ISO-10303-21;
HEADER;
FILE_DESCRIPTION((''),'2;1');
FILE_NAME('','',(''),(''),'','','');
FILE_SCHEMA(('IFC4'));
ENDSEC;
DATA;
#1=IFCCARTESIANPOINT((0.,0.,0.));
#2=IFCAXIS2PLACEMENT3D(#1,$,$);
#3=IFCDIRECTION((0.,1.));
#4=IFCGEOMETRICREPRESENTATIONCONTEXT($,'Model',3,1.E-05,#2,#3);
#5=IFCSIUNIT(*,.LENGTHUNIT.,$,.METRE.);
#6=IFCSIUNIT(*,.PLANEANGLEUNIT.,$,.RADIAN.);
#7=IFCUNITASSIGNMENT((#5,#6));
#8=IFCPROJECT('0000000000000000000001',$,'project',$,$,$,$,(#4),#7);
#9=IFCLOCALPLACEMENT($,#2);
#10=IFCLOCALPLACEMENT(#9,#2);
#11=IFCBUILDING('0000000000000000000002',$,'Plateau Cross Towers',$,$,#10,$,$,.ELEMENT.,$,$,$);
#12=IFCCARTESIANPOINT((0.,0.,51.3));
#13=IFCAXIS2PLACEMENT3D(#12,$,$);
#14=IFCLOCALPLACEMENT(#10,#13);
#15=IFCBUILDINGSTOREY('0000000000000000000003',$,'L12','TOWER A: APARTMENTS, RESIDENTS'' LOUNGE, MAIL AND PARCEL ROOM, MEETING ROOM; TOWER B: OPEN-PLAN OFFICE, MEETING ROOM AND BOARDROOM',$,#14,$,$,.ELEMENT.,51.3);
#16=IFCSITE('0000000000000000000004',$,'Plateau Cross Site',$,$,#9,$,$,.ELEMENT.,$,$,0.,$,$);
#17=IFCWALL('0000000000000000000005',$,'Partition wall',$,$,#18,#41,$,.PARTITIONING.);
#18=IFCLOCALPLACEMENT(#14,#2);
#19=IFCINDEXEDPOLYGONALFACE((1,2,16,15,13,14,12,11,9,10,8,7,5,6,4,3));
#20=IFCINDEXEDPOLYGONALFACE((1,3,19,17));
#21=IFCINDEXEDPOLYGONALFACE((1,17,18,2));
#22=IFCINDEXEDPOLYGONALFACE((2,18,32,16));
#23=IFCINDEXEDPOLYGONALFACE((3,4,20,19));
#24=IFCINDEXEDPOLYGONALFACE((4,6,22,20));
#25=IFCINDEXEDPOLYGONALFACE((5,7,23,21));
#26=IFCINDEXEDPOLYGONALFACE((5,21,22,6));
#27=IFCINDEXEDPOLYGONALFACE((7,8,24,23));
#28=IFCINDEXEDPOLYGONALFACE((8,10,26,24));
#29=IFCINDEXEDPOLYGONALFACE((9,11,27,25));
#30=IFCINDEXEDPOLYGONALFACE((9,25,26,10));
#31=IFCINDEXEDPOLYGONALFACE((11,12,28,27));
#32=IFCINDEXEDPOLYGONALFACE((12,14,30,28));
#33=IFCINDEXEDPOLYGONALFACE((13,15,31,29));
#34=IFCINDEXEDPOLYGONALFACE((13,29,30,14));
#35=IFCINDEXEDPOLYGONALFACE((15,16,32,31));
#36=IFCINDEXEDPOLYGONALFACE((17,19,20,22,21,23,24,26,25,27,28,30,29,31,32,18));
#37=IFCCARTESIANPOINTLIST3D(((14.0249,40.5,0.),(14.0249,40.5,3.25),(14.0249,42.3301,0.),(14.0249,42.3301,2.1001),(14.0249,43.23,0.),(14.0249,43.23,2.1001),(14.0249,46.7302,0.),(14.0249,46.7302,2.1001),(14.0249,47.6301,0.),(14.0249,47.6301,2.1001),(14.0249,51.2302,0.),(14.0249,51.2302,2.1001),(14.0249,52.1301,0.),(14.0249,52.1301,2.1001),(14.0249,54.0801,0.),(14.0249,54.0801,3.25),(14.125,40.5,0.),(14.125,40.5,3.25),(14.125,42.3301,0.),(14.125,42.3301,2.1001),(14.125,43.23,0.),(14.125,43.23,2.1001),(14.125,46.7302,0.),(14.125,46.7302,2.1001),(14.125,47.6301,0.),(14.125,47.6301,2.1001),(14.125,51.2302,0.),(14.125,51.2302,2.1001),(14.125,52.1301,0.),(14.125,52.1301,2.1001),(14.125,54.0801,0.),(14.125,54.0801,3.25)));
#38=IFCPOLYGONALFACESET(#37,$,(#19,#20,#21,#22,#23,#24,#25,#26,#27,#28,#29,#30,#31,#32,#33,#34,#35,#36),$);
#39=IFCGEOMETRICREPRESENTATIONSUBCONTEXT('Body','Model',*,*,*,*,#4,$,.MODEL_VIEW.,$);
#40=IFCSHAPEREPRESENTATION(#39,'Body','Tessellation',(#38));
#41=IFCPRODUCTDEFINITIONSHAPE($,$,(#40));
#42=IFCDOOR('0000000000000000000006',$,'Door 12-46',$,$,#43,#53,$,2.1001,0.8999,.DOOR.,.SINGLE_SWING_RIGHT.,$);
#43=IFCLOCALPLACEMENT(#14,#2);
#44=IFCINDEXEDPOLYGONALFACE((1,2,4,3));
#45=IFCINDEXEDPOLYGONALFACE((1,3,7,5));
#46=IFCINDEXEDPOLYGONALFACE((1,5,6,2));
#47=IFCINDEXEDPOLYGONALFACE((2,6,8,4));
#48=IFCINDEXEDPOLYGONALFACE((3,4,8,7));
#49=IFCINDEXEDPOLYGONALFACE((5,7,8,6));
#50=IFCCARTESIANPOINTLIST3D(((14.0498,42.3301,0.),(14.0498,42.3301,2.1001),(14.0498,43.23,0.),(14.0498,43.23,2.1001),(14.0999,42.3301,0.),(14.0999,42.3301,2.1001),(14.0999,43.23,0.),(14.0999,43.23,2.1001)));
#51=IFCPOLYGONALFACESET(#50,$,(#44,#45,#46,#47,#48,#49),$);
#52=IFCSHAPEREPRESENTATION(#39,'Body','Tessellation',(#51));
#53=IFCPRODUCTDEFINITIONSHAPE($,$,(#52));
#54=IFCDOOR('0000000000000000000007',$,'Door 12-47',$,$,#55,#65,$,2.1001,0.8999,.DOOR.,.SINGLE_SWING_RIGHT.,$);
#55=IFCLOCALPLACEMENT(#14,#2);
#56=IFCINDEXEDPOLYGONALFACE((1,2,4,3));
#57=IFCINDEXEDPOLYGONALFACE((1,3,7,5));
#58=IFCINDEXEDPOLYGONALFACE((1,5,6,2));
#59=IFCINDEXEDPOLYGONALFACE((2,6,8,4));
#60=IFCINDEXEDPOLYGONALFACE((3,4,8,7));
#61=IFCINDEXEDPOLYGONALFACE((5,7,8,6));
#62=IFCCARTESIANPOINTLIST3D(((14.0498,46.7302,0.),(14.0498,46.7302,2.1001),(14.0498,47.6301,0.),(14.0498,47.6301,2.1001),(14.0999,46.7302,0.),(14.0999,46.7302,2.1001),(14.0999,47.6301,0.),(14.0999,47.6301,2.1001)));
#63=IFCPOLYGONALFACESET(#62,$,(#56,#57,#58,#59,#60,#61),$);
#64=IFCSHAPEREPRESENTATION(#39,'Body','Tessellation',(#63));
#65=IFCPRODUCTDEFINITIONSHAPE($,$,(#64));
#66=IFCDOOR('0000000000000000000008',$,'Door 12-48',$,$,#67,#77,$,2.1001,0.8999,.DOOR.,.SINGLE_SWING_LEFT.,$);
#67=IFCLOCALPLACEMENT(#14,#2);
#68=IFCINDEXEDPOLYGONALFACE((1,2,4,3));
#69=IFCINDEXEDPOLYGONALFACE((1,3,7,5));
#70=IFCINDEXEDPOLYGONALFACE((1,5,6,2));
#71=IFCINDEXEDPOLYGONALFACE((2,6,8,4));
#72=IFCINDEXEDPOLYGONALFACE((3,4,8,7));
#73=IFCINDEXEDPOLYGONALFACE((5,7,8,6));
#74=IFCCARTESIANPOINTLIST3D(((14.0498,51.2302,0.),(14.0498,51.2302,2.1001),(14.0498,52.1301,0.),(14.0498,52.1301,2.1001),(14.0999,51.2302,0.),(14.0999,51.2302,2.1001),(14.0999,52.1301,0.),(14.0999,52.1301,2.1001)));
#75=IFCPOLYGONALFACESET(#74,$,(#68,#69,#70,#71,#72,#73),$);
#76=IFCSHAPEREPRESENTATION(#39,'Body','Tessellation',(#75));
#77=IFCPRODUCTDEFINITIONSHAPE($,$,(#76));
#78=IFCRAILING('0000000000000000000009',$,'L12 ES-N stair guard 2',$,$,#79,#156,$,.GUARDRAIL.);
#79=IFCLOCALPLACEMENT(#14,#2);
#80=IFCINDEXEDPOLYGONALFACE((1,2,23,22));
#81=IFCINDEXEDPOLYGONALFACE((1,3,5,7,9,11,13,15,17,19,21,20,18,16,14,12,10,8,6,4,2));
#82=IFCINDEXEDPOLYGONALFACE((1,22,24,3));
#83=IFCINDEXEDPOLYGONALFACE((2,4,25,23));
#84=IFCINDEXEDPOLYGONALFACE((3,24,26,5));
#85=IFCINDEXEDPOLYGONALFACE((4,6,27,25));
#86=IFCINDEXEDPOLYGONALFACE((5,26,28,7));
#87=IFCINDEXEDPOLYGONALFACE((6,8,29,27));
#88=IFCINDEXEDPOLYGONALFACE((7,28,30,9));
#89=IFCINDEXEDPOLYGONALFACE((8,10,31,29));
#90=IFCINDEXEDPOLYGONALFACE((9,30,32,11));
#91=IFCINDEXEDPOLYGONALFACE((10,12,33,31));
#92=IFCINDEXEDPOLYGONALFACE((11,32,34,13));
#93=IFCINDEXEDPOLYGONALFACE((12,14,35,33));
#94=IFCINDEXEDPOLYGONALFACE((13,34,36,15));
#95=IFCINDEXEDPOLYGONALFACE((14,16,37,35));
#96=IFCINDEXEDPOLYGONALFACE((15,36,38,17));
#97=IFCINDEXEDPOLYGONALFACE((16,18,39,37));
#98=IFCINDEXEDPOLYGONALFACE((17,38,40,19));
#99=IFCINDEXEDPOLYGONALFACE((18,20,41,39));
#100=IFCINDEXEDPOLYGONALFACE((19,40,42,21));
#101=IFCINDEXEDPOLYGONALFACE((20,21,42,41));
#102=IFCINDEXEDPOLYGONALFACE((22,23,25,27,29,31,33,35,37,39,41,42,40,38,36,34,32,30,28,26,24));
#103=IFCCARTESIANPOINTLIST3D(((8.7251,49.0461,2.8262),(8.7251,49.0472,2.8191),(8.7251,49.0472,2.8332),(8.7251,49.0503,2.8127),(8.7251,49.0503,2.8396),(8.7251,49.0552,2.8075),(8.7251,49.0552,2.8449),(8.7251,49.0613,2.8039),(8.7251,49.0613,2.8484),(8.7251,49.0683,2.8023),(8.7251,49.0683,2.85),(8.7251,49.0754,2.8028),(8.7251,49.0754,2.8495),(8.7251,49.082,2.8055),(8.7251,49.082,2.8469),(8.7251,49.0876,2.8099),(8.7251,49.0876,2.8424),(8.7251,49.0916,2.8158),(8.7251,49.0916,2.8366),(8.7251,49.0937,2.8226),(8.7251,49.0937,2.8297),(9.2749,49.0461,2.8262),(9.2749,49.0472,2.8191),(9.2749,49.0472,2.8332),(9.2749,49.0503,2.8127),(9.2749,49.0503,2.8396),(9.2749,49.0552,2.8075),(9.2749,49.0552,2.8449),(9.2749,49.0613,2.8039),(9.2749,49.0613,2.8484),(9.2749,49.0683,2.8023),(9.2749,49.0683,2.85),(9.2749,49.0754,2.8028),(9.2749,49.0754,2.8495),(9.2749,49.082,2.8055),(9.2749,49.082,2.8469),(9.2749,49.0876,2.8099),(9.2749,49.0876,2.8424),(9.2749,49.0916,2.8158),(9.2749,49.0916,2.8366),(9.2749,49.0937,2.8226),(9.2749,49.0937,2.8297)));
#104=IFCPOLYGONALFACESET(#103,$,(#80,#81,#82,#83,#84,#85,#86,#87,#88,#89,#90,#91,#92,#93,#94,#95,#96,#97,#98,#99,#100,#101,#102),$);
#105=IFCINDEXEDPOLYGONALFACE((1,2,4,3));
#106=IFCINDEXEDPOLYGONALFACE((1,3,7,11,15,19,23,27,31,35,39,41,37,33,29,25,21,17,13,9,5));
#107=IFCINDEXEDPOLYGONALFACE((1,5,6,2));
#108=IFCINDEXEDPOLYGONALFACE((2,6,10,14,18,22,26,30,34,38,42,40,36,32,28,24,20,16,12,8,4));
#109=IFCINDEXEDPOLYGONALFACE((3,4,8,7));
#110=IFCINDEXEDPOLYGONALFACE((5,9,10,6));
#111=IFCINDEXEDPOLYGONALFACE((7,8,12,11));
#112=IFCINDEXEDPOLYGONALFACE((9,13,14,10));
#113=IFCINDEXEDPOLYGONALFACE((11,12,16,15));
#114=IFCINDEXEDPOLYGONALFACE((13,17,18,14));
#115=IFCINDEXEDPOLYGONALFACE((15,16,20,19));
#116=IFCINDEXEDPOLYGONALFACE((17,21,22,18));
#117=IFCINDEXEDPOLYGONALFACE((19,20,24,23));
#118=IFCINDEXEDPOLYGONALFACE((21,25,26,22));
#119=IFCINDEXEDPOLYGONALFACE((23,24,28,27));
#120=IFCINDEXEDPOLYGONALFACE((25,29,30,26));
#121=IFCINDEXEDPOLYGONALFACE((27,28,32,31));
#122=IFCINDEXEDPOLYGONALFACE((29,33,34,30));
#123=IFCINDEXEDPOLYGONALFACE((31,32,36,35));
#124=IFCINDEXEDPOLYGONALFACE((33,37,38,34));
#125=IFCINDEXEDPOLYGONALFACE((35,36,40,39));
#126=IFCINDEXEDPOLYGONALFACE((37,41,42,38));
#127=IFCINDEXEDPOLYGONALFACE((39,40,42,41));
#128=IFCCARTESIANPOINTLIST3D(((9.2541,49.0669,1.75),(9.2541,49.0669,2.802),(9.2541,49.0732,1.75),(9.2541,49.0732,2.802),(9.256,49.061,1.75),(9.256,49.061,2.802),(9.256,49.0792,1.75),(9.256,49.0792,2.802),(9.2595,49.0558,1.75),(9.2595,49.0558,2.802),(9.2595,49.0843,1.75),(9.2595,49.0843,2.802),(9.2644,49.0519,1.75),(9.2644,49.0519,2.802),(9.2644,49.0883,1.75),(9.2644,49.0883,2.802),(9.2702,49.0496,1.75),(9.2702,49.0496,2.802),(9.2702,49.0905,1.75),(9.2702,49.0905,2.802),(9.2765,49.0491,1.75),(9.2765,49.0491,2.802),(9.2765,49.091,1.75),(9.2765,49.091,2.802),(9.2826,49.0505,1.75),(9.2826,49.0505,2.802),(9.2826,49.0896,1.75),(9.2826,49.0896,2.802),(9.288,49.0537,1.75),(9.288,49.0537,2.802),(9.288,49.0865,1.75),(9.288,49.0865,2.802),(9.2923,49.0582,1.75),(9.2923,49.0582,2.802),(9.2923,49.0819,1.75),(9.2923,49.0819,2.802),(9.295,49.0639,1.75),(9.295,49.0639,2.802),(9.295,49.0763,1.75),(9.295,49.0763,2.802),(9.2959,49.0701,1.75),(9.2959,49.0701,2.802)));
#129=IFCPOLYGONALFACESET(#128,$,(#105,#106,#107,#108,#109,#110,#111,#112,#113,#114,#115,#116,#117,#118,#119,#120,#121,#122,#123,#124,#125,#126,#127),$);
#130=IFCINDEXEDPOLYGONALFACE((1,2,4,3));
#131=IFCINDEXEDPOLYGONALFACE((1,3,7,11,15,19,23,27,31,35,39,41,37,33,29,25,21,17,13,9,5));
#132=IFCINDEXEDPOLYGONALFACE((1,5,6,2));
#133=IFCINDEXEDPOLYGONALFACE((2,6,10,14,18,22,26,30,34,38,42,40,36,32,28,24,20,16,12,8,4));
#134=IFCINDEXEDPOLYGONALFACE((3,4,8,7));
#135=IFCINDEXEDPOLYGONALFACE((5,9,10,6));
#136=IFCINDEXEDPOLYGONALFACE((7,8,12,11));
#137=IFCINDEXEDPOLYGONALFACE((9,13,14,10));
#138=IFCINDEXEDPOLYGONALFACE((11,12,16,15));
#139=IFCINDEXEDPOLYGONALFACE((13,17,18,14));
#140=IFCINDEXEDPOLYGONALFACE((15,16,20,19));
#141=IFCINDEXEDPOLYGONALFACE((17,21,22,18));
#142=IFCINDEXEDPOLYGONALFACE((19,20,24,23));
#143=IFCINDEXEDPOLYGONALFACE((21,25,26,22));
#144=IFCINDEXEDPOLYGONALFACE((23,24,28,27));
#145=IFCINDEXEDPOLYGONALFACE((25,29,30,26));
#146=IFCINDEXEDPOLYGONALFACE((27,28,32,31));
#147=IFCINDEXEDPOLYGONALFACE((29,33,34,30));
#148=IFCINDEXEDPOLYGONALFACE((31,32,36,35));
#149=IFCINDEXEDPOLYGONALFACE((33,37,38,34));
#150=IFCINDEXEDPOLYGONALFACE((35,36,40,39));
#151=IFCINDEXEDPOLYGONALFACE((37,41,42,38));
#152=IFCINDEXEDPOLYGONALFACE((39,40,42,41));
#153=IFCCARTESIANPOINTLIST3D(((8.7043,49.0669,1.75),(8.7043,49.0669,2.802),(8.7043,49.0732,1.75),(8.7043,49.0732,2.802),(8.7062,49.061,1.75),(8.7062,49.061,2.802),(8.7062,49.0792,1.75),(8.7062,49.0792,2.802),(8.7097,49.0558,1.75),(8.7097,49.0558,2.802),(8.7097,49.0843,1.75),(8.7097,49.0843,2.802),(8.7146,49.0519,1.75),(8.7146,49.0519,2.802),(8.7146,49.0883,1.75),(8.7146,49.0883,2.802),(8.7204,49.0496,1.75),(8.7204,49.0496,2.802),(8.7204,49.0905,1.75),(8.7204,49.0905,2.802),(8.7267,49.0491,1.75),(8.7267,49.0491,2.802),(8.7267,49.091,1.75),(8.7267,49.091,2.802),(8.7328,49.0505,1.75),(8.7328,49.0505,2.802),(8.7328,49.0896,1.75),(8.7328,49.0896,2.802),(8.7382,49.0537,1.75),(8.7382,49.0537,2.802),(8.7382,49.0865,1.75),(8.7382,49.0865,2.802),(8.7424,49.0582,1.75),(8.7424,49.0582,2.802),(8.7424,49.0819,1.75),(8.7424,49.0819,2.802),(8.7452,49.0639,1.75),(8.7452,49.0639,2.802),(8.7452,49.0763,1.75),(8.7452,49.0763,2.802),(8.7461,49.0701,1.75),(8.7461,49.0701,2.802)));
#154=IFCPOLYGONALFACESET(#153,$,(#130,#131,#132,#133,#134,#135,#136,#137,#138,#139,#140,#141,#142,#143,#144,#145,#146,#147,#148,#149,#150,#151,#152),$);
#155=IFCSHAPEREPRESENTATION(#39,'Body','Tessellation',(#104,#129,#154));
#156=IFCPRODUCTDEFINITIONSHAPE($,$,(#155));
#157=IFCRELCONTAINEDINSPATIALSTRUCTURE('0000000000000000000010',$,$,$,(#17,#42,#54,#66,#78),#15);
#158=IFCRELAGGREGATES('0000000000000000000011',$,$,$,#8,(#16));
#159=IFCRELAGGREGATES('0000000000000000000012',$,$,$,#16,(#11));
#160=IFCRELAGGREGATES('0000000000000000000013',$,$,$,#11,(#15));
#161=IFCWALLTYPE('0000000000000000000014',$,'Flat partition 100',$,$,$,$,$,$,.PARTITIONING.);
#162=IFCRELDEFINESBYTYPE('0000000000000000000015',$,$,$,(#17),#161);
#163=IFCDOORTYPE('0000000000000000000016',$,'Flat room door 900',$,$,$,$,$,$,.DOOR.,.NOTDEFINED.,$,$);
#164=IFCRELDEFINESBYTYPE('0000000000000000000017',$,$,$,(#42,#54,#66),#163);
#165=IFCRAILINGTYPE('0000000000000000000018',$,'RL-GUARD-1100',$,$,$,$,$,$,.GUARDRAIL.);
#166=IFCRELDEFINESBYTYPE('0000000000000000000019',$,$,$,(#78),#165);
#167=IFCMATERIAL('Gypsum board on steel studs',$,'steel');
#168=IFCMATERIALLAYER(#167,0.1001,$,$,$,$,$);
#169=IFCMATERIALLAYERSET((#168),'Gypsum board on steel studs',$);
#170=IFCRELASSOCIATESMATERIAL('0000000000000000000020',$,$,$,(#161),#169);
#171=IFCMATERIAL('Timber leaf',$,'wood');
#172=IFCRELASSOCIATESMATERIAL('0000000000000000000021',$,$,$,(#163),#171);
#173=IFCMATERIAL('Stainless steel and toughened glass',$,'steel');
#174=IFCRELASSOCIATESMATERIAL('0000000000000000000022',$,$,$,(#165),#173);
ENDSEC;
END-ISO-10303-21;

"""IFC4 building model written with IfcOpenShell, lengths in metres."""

from ifc_helpers import new_model, si_unit, direction, frame, frame_2d, origin, origin_2d, place, context, subcontext, project, spatial, rectangle, circle, extrude, material, layer, layer_set, type_object, element, fill, save


model = new_model("IFC4")

# Units and contexts
model_context = context("Model", 3, precision=1e-05, world=origin(), true_north=direction((0.0, 1.0)))
body_context = subcontext(model_context, "Body", "Model", "MODEL_VIEW")
ifc_project = project(units=[si_unit("LENGTHUNIT", "METRE"), si_unit("PLANEANGLEUNIT", "RADIAN")], contexts=[model_context])

# Site, building, storey
site_placement = place(None, origin())
site = spatial("IfcSite", under=ifc_project, at=site_placement, Name="Plateau Cross Site", CompositionType="ELEMENT", RefElevation=0.0)
building_placement = place(site_placement, origin())
building = spatial("IfcBuilding", under=site, at=building_placement, Name="Plateau Cross Towers", CompositionType="ELEMENT")
storey_placement = place(building_placement, frame((0.0, 0.0, 51.3)))
storey = spatial("IfcBuildingStorey", under=building, at=storey_placement, Name="L12", Description="TOWER A: APARTMENTS, RESIDENTS' LOUNGE, MAIL AND PARCEL ROOM, MEETING ROOM; TOWER B: OPEN-PLAN OFFICE, MEETING ROOM AND BOARDROOM", CompositionType="ELEMENT", Elevation=51.3)

# Shared definitions
ifc_material_1 = material(Name="Gypsum board on steel studs", Category="steel")
ifc_layer_1 = layer(ifc_material_1, 0.1001)
ifc_layer_set_1 = layer_set([ifc_layer_1], Name="Gypsum board on steel studs")
wall_type = type_object("IfcWallType", Name="Flat partition 100", PredefinedType="PARTITIONING", material=ifc_layer_set_1)

# Wall, openings, doors
wall_1_placement = place(storey_placement, frame((14.075, 54.0801, 0.0), z_axis=(0.0, 0.0, 1.0), x_axis=(0.0, -1.0, 0.0)))
wall_1 = element("IfcWall", 1, at=wall_1_placement, inside=storey, type_object=wall_type, Name="Partition wall", PredefinedType="PARTITIONING", context=body_context, shape_type="SweptSolid", body=[
    extrude(rectangle(XDim=13.5801, YDim=0.1001, at=frame_2d((6.79, 0.0))), origin(), (0.0, 0.0, 1.0), 3.25),
])
opening_1_placement = place(wall_1_placement, frame((10.8501, 0.0, 0.0)))
opening_1 = element("IfcOpeningElement", 2, at=opening_1_placement, cuts=wall_1, PredefinedType="OPENING", context=body_context, shape_type="SweptSolid", body=[
    extrude(rectangle(XDim=0.8999, YDim=2.1001, at=frame_2d((0.45, 1.05))), frame((0.0, 0.0601, 0.0), z_axis=(0.0, -1.0, 0.0), x_axis=(1.0, 0.0, 0.0)), (0.0, 0.0, 1.0), 0.1201),
])
opening_2_placement = place(wall_1_placement, frame((6.45, 0.0, 0.0)))
opening_2 = element("IfcOpeningElement", 3, at=opening_2_placement, cuts=wall_1, PredefinedType="OPENING", context=body_context, shape_type="SweptSolid", body=[
    extrude(rectangle(XDim=0.8999, YDim=2.1001, at=frame_2d((0.45, 1.05))), frame((0.0, 0.0601, 0.0), z_axis=(0.0, -1.0, 0.0), x_axis=(1.0, 0.0, 0.0)), (0.0, 0.0, 1.0), 0.1201),
])
opening_3_placement = place(wall_1_placement, frame((1.95, 0.0, 0.0)))
opening_3 = element("IfcOpeningElement", 4, at=opening_3_placement, cuts=wall_1, PredefinedType="OPENING", context=body_context, shape_type="SweptSolid", body=[
    extrude(rectangle(XDim=0.8999, YDim=2.1001, at=frame_2d((0.45, 1.05))), frame((0.0, 0.0601, 0.0), z_axis=(0.0, -1.0, 0.0), x_axis=(1.0, 0.0, 0.0)), (0.0, 0.0, 1.0), 0.1201),
])
ifc_material_2 = material(Name="Timber leaf", Category="wood")
door_type = type_object("IfcDoorType", Name="Flat room door 900", OperationType="NOTDEFINED", PredefinedType="DOOR", material=ifc_material_2)
door_1_placement = place(opening_1_placement, origin())
door_1 = element("IfcDoor", 5, at=door_1_placement, inside=storey, type_object=door_type, Name="Door 12-46", OperationType="SINGLE_SWING_RIGHT", OverallHeight=2.1001, OverallWidth=0.8999, PredefinedType="DOOR", context=body_context, shape_type="SweptSolid", body=[
    extrude(rectangle(XDim=0.8999, YDim=2.1001, at=frame_2d((0.45, 1.05))), frame((0.0, 0.0249, 0.0), z_axis=(0.0, -1.0, 0.0), x_axis=(1.0, 0.0, 0.0)), (0.0, 0.0, 1.0), 0.05),
])
fill(opening_1, door_1)
door_2_placement = place(opening_2_placement, origin())
door_2 = element("IfcDoor", 6, at=door_2_placement, inside=storey, type_object=door_type, Name="Door 12-47", OperationType="SINGLE_SWING_RIGHT", OverallHeight=2.1001, OverallWidth=0.8999, PredefinedType="DOOR", context=body_context, shape_type="SweptSolid", body=[
    extrude(rectangle(XDim=0.8999, YDim=2.1001, at=frame_2d((0.45, 1.05))), frame((0.0, 0.0249, 0.0), z_axis=(0.0, -1.0, 0.0), x_axis=(1.0, 0.0, 0.0)), (0.0, 0.0, 1.0), 0.05),
])
fill(opening_2, door_2)
door_3_placement = place(opening_3_placement, origin())
door_3 = element("IfcDoor", 7, at=door_3_placement, inside=storey, type_object=door_type, Name="Door 12-48", OperationType="SINGLE_SWING_LEFT", OverallHeight=2.1001, OverallWidth=0.8999, PredefinedType="DOOR", context=body_context, shape_type="SweptSolid", body=[
    extrude(rectangle(XDim=0.8999, YDim=2.1001, at=frame_2d((0.45, 1.05))), frame((0.0, 0.0249, 0.0), z_axis=(0.0, -1.0, 0.0), x_axis=(1.0, 0.0, 0.0)), (0.0, 0.0, 1.0), 0.05),
])
fill(opening_3, door_3)

# Railing
ifc_material_3 = material(Name="Stainless steel and toughened glass", Category="steel")
railing_type = type_object("IfcRailingType", Name="RL-GUARD-1100", PredefinedType="GUARDRAIL", material=ifc_material_3)
railing_placement = place(storey_placement, frame((9.2749, 49.0701, 1.75)))
element("IfcRailing", 8, at=railing_placement, inside=storey, type_object=railing_type, Name="L12 ES-N stair guard 2", PredefinedType="GUARDRAIL", context=body_context, shape_type="SweptSolid", body=[
    extrude(circle(Radius=0.0239, at=origin_2d()), frame((0.0, 0.0, 1.0762), z_axis=(-1.0, 0.0, 0.0), x_axis=(0.0, -1.0, 0.0)), (0.0, 0.0, 1.0), 0.5498),
    extrude(circle(Radius=0.021, at=origin_2d()), origin(), (0.0, 0.0, 1.0), 1.052),
    extrude(circle(Radius=0.021, at=origin_2d()), frame((-0.5498, 0.0, 0.0)), (0.0, 0.0, 1.0), 1.052),
])

save(model, "model.ifc")
